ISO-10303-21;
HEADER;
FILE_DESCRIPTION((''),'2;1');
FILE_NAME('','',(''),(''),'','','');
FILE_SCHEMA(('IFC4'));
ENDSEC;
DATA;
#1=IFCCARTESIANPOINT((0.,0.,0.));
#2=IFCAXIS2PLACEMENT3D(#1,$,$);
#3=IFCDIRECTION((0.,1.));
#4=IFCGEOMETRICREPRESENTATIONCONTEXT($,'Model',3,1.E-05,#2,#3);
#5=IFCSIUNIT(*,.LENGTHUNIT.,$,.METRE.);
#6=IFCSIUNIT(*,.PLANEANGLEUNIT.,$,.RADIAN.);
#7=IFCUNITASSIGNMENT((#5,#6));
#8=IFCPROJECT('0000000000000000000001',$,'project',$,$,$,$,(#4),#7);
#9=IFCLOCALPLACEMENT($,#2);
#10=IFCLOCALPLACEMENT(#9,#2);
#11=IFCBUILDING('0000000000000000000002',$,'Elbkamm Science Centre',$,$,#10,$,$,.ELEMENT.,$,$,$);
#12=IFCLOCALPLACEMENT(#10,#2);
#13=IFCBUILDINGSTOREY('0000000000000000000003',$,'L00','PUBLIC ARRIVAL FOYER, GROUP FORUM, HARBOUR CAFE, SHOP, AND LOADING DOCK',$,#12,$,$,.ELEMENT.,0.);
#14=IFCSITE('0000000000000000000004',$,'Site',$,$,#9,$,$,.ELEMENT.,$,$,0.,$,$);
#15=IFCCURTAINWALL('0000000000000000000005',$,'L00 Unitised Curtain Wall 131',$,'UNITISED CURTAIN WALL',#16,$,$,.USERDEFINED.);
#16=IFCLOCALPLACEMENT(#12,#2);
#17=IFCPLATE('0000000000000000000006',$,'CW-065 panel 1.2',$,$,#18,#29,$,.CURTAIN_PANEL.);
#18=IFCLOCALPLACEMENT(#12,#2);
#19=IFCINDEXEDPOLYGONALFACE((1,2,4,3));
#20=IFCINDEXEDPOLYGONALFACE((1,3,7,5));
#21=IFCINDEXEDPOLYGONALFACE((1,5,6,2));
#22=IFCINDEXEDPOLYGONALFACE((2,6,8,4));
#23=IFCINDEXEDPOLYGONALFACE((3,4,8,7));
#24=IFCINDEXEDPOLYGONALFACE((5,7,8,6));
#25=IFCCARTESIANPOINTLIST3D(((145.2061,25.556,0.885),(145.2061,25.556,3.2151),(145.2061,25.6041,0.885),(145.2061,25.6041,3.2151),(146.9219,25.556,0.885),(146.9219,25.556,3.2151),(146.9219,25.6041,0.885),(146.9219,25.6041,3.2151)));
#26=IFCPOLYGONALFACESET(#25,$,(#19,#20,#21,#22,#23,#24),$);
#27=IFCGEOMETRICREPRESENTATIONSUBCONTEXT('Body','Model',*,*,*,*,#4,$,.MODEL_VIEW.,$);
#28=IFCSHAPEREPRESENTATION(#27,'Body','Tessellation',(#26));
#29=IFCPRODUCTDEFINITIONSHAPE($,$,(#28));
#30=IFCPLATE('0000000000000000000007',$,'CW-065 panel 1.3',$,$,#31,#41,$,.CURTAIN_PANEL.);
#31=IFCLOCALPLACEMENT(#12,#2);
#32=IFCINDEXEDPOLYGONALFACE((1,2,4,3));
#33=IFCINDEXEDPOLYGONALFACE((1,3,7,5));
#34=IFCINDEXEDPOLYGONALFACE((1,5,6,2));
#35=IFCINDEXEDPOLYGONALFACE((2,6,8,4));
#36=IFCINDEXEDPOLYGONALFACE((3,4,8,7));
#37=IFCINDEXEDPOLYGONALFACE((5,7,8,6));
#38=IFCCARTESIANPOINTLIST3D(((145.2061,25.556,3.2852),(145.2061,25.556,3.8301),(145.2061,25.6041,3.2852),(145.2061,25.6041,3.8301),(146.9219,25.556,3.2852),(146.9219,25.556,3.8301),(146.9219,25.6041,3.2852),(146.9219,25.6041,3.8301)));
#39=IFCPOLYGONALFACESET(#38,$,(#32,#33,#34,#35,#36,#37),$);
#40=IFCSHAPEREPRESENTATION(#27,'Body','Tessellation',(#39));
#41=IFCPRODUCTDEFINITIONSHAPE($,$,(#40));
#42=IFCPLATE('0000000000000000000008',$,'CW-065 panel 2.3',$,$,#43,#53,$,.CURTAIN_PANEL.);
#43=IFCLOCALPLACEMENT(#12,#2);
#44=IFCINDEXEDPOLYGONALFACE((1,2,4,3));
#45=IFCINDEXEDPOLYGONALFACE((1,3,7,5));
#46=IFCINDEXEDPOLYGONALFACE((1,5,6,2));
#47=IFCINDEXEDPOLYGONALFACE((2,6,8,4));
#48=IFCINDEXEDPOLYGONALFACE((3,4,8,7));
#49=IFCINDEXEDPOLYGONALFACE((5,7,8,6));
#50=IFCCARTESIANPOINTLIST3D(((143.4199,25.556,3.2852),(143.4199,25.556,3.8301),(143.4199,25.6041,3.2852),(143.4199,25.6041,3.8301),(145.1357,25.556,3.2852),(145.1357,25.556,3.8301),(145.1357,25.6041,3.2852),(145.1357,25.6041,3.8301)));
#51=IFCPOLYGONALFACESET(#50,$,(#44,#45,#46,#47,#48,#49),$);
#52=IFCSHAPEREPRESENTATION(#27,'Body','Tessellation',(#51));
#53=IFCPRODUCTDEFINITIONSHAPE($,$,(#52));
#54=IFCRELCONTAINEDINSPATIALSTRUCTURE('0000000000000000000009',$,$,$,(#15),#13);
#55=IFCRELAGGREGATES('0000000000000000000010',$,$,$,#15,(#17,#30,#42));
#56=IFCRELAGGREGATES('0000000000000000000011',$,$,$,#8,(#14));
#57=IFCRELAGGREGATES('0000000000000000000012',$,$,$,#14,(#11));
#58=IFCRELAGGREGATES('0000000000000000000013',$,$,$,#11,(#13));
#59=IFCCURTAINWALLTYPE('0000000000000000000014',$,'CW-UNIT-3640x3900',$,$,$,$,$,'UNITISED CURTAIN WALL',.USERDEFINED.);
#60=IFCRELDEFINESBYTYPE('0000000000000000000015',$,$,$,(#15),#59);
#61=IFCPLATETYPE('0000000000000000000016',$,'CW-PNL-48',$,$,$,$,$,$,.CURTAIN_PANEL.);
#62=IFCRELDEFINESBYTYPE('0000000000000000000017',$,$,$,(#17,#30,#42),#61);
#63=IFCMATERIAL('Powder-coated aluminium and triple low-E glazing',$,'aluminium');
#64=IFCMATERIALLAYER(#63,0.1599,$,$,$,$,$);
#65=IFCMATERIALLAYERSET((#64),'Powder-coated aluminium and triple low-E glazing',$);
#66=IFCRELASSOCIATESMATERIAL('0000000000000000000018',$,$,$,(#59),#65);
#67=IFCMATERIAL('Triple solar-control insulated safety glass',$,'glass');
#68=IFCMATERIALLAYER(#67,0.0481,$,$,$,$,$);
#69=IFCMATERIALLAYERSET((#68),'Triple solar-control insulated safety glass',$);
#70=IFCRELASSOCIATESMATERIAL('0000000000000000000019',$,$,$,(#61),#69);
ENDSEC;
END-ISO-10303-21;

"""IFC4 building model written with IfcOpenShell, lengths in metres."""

from ifc_helpers import new_model, si_unit, direction, frame, origin, origin_2d, place, context, subcontext, project, spatial, rectangle, extrude, material, layer, layer_set, type_object, element, aggregate, save


model = new_model("IFC4")

# Units and contexts
model_context = context("Model", 3, precision=1e-05, world=origin(), true_north=direction((0.0, 1.0)))
body_context = subcontext(model_context, "Body", "Model", "MODEL_VIEW")
ifc_project = project(units=[si_unit("LENGTHUNIT", "METRE"), si_unit("PLANEANGLEUNIT", "RADIAN")], contexts=[model_context])

# Site, building, storey
site_placement = place(None, origin())
site = spatial("IfcSite", under=ifc_project, at=site_placement, Name="Site", CompositionType="ELEMENT", RefElevation=0.0)
building_placement = place(site_placement, origin())
building = spatial("IfcBuilding", under=site, at=building_placement, Name="Elbkamm Science Centre", CompositionType="ELEMENT")
storey_placement = place(building_placement, origin())
storey = spatial("IfcBuildingStorey", under=building, at=storey_placement, Name="L00", Description="PUBLIC ARRIVAL FOYER, GROUP FORUM, HARBOUR CAFE, SHOP, AND LOADING DOCK", CompositionType="ELEMENT", Elevation=0.0)

# Curtain wall
ifc_material_1 = material(Name="Powder-coated aluminium and triple low-E glazing", Category="aluminium")
ifc_layer_1 = layer(ifc_material_1, 0.1599)
ifc_layer_set_1 = layer_set([ifc_layer_1], Name="Powder-coated aluminium and triple low-E glazing")
curtain_wall_type = type_object("IfcCurtainWallType", Name="CW-UNIT-3640x3900", ElementType="UNITISED CURTAIN WALL", PredefinedType="USERDEFINED", material=ifc_layer_set_1)
curtain_wall_1_placement = place(storey_placement, origin())
curtain_wall_1 = element("IfcCurtainWall", 1, at=curtain_wall_1_placement, inside=storey, type_object=curtain_wall_type, Name="L00 Unitised Curtain Wall 131", ObjectType="UNITISED CURTAIN WALL", PredefinedType="USERDEFINED")

# Plates
ifc_material_2 = material(Name="Triple solar-control insulated safety glass", Category="glass")
ifc_layer_2 = layer(ifc_material_2, 0.0481)
ifc_layer_set_2 = layer_set([ifc_layer_2], Name="Triple solar-control insulated safety glass")
plate_type = type_object("IfcPlateType", Name="CW-PNL-48", PredefinedType="CURTAIN_PANEL", material=ifc_layer_set_2)
plate_1_placement = place(storey_placement, frame((146.064, 25.5801, 0.885), z_axis=(0.0, 0.0, 1.0), x_axis=(-1.0, 0.0, 0.0)))
plate_1 = element("IfcPlate", 2, at=plate_1_placement, type_object=plate_type, Name="CW-065 panel 1.2", PredefinedType="CURTAIN_PANEL", context=body_context, shape_type="SweptSolid", body=[
    extrude(rectangle(XDim=1.7158, YDim=0.0481, at=origin_2d()), origin(), (0.0, 0.0, 1.0), 2.3301),
])
plate_2_placement = place(storey_placement, frame((146.064, 25.5801, 3.2852), z_axis=(0.0, 0.0, 1.0), x_axis=(-1.0, 0.0, 0.0)))
plate_2 = element("IfcPlate", 3, at=plate_2_placement, type_object=plate_type, Name="CW-065 panel 1.3", PredefinedType="CURTAIN_PANEL", context=body_context, shape_type="SweptSolid", body=[
    extrude(rectangle(XDim=1.7158, YDim=0.0481, at=origin_2d()), origin(), (0.0, 0.0, 1.0), 0.5449),
])
plate_3_placement = place(storey_placement, frame((144.2778, 25.5801, 3.2852), z_axis=(0.0, 0.0, 1.0), x_axis=(-1.0, 0.0, 0.0)))
plate_3 = element("IfcPlate", 4, at=plate_3_placement, type_object=plate_type, Name="CW-065 panel 2.3", PredefinedType="CURTAIN_PANEL", context=body_context, shape_type="SweptSolid", body=[
    extrude(rectangle(XDim=1.7158, YDim=0.0481, at=origin_2d()), origin(), (0.0, 0.0, 1.0), 0.5449),
])
aggregate(curtain_wall_1, [plate_1, plate_2, plate_3])

save(model, "model.ifc")
